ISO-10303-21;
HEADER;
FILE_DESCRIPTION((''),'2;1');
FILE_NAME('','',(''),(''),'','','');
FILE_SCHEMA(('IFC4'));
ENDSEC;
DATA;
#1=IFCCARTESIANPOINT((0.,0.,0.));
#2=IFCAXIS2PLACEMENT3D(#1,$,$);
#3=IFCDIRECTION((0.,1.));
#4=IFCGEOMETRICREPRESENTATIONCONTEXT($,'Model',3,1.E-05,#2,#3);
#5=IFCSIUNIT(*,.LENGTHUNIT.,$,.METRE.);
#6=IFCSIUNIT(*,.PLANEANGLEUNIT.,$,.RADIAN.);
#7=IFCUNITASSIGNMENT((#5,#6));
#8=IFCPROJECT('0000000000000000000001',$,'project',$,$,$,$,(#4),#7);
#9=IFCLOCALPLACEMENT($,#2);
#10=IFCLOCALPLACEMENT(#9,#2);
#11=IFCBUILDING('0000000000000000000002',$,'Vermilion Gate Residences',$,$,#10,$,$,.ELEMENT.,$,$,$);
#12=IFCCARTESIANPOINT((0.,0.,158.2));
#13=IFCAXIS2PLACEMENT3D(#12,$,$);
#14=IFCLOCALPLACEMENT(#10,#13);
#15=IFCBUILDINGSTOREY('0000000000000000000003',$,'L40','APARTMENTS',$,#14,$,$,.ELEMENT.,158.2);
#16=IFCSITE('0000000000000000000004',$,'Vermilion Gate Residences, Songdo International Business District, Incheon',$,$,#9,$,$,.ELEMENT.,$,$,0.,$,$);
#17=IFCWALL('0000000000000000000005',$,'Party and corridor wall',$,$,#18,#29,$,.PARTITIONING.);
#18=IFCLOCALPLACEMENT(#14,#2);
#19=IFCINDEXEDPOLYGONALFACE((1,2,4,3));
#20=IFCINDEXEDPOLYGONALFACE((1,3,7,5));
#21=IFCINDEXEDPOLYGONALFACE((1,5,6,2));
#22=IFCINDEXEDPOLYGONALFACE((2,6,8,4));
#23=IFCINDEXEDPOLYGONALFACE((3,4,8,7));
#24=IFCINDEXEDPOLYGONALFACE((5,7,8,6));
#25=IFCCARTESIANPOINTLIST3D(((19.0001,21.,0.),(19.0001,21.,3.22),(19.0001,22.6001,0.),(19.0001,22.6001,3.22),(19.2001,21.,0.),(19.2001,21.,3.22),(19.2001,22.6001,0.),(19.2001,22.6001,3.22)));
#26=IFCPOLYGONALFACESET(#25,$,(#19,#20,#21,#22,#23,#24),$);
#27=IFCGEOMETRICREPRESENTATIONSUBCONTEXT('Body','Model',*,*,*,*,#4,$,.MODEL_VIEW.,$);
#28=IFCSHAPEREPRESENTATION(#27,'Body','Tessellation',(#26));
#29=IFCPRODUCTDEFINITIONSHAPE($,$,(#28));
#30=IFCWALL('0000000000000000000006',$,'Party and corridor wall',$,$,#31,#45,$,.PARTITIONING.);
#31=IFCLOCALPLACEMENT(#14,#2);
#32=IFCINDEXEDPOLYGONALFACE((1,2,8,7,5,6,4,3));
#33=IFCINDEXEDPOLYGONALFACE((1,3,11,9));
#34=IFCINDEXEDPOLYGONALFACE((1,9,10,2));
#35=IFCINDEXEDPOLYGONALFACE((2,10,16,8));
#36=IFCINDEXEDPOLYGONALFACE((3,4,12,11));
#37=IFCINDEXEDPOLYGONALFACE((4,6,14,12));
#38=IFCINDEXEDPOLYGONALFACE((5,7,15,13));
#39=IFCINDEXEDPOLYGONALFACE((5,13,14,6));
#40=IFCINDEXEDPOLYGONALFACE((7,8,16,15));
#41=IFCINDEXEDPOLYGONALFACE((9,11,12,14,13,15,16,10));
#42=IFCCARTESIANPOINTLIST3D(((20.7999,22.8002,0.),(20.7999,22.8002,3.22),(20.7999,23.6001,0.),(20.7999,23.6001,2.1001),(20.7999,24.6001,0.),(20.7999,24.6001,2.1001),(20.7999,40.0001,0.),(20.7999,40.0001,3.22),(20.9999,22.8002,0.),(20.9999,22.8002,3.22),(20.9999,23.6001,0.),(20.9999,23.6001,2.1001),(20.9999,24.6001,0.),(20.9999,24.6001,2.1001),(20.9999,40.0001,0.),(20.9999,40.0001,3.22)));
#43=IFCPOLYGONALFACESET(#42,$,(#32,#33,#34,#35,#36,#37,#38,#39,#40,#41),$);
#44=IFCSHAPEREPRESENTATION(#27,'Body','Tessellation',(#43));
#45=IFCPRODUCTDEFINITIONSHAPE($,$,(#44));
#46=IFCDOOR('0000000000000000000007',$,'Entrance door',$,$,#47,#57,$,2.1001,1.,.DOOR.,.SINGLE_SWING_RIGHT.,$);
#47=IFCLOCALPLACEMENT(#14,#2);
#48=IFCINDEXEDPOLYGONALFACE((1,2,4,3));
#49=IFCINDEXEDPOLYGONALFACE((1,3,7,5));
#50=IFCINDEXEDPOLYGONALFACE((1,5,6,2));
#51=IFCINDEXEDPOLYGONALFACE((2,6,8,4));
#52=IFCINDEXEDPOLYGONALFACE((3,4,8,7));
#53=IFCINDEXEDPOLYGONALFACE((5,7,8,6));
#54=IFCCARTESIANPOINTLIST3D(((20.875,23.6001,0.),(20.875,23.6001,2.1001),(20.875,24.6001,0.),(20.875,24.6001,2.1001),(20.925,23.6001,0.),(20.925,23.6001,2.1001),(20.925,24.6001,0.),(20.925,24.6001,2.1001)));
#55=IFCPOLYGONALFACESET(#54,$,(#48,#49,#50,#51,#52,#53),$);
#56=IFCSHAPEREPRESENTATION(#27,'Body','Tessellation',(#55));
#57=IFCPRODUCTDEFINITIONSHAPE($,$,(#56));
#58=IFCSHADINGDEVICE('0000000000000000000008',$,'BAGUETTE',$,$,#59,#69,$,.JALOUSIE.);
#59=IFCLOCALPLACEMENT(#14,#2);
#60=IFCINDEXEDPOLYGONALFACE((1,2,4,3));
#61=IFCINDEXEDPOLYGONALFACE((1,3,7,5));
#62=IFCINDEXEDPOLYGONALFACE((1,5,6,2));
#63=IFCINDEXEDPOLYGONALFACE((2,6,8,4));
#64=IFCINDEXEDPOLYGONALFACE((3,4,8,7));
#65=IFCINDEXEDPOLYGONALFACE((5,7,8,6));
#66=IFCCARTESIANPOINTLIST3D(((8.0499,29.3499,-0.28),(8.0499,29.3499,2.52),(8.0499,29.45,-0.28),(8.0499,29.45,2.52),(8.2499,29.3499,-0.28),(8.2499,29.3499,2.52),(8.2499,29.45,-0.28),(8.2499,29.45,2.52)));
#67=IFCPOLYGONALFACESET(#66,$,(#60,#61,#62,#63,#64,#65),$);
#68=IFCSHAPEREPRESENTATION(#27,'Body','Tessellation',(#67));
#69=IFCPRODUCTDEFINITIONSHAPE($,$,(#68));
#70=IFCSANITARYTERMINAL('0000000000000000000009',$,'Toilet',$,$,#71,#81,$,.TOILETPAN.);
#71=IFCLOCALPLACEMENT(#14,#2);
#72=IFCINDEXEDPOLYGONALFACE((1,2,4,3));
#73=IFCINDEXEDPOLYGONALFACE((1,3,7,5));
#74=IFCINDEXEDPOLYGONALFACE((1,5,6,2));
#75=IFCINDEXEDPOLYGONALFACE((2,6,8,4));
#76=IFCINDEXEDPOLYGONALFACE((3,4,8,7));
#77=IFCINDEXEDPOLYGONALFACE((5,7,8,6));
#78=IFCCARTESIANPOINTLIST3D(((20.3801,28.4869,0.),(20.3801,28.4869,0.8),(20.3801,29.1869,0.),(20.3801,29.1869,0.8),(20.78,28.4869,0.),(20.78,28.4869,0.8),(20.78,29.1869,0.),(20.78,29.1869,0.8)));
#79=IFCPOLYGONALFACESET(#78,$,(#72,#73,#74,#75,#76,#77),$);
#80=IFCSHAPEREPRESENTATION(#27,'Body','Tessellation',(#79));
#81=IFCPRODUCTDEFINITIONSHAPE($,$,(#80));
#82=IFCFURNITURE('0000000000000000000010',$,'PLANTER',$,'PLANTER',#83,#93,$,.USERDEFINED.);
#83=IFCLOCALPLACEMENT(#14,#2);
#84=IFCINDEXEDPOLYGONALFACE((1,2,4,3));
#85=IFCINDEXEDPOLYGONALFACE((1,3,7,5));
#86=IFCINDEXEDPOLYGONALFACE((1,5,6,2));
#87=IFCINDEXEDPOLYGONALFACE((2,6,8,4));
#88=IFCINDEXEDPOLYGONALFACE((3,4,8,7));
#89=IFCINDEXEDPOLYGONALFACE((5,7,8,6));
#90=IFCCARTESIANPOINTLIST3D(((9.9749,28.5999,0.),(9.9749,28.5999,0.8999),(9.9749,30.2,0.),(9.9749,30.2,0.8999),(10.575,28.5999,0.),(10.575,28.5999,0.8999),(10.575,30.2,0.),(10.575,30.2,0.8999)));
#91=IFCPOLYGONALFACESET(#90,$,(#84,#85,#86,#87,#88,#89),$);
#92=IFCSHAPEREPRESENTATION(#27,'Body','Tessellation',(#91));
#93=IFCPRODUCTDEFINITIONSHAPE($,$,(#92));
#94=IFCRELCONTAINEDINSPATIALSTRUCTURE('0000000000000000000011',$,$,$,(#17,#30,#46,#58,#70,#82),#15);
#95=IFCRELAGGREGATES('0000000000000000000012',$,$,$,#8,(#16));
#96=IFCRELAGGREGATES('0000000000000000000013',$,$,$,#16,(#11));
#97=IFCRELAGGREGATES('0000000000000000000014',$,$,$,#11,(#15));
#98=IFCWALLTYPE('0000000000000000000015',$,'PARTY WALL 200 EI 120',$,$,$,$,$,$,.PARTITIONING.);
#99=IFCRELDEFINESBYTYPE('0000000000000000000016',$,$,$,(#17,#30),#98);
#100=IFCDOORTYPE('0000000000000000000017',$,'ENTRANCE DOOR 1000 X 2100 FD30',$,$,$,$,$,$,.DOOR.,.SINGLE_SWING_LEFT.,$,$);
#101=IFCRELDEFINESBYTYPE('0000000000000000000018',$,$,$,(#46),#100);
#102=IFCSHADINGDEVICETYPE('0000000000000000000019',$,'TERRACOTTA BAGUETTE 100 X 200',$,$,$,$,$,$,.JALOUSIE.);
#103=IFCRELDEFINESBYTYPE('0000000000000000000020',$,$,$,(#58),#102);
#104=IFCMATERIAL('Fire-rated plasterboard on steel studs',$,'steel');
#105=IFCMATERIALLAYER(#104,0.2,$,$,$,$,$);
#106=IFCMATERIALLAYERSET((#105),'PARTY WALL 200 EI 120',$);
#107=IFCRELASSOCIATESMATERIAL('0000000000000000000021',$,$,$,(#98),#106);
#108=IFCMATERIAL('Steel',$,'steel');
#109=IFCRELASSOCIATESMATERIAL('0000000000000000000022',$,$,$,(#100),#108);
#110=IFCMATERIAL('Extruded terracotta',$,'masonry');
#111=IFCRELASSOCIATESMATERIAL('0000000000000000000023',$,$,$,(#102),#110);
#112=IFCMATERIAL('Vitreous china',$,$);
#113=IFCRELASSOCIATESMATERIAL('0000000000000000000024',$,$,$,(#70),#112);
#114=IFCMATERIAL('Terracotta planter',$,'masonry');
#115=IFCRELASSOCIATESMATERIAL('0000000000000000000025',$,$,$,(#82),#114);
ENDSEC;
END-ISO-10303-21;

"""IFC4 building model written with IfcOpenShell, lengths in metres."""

from ifc_helpers import new_model, si_unit, direction, frame, frame_2d, origin, origin_2d, place, context, subcontext, project, spatial, rectangle, extrude, material, layer, layer_set, material_profile, profile_set, type_object, element, fill, save


model = new_model("IFC4")

# Units and contexts
model_context = context("Model", 3, precision=1e-05, world=origin(), true_north=direction((0.0, 1.0)))
body_context = subcontext(model_context, "Body", "Model", "MODEL_VIEW")
ifc_project = project(units=[si_unit("LENGTHUNIT", "METRE"), si_unit("PLANEANGLEUNIT", "RADIAN")], contexts=[model_context])

# Site, building, storey
site_placement = place(None, origin())
site = spatial("IfcSite", under=ifc_project, at=site_placement, Name="Vermilion Gate Residences, Songdo International Business District, Incheon", CompositionType="ELEMENT", RefElevation=0.0)
building_placement = place(site_placement, origin())
building = spatial("IfcBuilding", under=site, at=building_placement, Name="Vermilion Gate Residences", CompositionType="ELEMENT")
storey_placement = place(building_placement, frame((0.0, 0.0, 158.2)))
storey = spatial("IfcBuildingStorey", under=building, at=storey_placement, Name="L40", Description="APARTMENTS", CompositionType="ELEMENT", Elevation=158.2)

# Wall
ifc_material_1 = material(Name="Fire-rated plasterboard on steel studs", Category="steel")
ifc_layer_1 = layer(ifc_material_1, 0.2)
ifc_layer_set_1 = layer_set([ifc_layer_1], Name="PARTY WALL 200 EI 120")
wall_type_1 = type_object("IfcWallType", Name="PARTY WALL 200 EI 120", PredefinedType="PARTITIONING", material=ifc_layer_set_1)
wall_1_placement = place(storey_placement, frame((19.1001, 21.0, 0.0), z_axis=(0.0, 0.0, 1.0), x_axis=(0.0, 1.0, 0.0)))
element("IfcWall", 1, at=wall_1_placement, inside=storey, type_object=wall_type_1, Name="Party and corridor wall", PredefinedType="PARTITIONING", context=body_context, shape_type="SweptSolid", body=[
    extrude(rectangle(XDim=1.6001, YDim=0.2, at=frame_2d((0.8, 0.0))), origin(), (0.0, 0.0, 1.0), 3.22),
])

# Wall, opening, door
wall_2_placement = place(storey_placement, frame((20.8999, 22.8, 0.0), z_axis=(0.0, 0.0, 1.0), x_axis=(0.0, 1.0, 0.0)))
wall_2 = element("IfcWall", 2, at=wall_2_placement, inside=storey, type_object=wall_type_1, Name="Party and corridor wall", PredefinedType="PARTITIONING", context=body_context, shape_type="SweptSolid", body=[
    extrude(rectangle(XDim=17.2, YDim=0.2, at=frame_2d((8.6001, 0.0))), origin(), (0.0, 0.0, 1.0), 3.22),
])
opening_1_placement = place(wall_2_placement, frame((0.8, 0.0, 0.0)))
opening_1 = element("IfcOpeningElement", 3, at=opening_1_placement, cuts=wall_2, PredefinedType="OPENING", context=body_context, shape_type="SweptSolid", body=[
    extrude(rectangle(XDim=1.0, YDim=2.1001, at=frame_2d((0.5, 1.05))), frame((0.0, 0.1099, 0.0), z_axis=(0.0, -1.0, 0.0), x_axis=(1.0, 0.0, 0.0)), (0.0, 0.0, 1.0), 0.22),
])
ifc_material_2 = material(Name="Steel", Category="steel")
door_type_1 = type_object("IfcDoorType", Name="ENTRANCE DOOR 1000 X 2100 FD30", OperationType="SINGLE_SWING_LEFT", PredefinedType="DOOR", material=ifc_material_2)
door_1_placement = place(opening_1_placement, origin())
door_1 = element("IfcDoor", 4, at=door_1_placement, inside=storey, type_object=door_type_1, Name="Entrance door", OperationType="SINGLE_SWING_RIGHT", OverallHeight=2.1001, OverallWidth=1.0, PredefinedType="DOOR", context=body_context, shape_type="SweptSolid", body=[
    extrude(rectangle(XDim=1.0, YDim=2.1001, at=frame_2d((0.5, 1.05))), frame((0.0, 0.0249, 0.0), z_axis=(0.0, -1.0, 0.0), x_axis=(1.0, 0.0, 0.0)), (0.0, 0.0, 1.0), 0.05),
])
fill(opening_1, door_1)

# Shading device
ifc_material_3 = material(Name="Extruded terracotta", Category="masonry")
ifc_material_profile_1 = material_profile(ifc_material_3, rectangle(XDim=0.2, YDim=0.1001, at=origin_2d()), Name="BAGUETTE 100 X 200")
ifc_profile_set_1 = profile_set([ifc_material_profile_1], Name="Extruded terracotta")
shading_device_type = type_object("IfcShadingDeviceType", Name="TERRACOTTA BAGUETTE 100 X 200", PredefinedType="JALOUSIE", material=ifc_profile_set_1)
shading_device_placement = place(storey_placement, frame((8.1499, 29.3999, -0.28), z_axis=(0.0, 0.0, 1.0), x_axis=(1.0, 0.0, 0.0)))
element("IfcShadingDevice", 5, at=shading_device_placement, inside=storey, type_object=shading_device_type, Name="BAGUETTE", PredefinedType="JALOUSIE", context=body_context, shape_type="SweptSolid", body=[
    extrude(rectangle(XDim=0.2, YDim=0.1001, at=origin_2d()), origin(), (0.0, 0.0, 1.0), 2.8),
])

# Sanitary terminal
ifc_material_4 = material(Name="Vitreous china")
sanitary_terminal_placement = place(storey_placement, frame((20.5801, 28.8369, 0.0), z_axis=(0.0, 0.0, 1.0), x_axis=(1.0, 0.0, 0.0)))
element("IfcSanitaryTerminal", 6, at=sanitary_terminal_placement, inside=storey, material=ifc_material_4, Name="Toilet", PredefinedType="TOILETPAN", context=body_context, shape_type="SweptSolid", body=[
    extrude(rectangle(XDim=0.3999, YDim=0.7, at=origin_2d()), origin(), (0.0, 0.0, 1.0), 0.8),
])

# Furniture
ifc_material_5 = material(Name="Terracotta planter", Category="masonry")
furniture_placement = place(storey_placement, frame((10.2749, 29.3999, 0.0), z_axis=(0.0, 0.0, 1.0), x_axis=(0.0, -1.0, 0.0)))
element("IfcFurniture", 7, at=furniture_placement, inside=storey, material=ifc_material_5, Name="PLANTER", ObjectType="PLANTER", PredefinedType="USERDEFINED", context=body_context, shape_type="SweptSolid", body=[
    extrude(rectangle(XDim=1.6001, YDim=0.6001, at=origin_2d()), origin(), (0.0, 0.0, 1.0), 0.8999),
])

save(model, "model.ifc")
